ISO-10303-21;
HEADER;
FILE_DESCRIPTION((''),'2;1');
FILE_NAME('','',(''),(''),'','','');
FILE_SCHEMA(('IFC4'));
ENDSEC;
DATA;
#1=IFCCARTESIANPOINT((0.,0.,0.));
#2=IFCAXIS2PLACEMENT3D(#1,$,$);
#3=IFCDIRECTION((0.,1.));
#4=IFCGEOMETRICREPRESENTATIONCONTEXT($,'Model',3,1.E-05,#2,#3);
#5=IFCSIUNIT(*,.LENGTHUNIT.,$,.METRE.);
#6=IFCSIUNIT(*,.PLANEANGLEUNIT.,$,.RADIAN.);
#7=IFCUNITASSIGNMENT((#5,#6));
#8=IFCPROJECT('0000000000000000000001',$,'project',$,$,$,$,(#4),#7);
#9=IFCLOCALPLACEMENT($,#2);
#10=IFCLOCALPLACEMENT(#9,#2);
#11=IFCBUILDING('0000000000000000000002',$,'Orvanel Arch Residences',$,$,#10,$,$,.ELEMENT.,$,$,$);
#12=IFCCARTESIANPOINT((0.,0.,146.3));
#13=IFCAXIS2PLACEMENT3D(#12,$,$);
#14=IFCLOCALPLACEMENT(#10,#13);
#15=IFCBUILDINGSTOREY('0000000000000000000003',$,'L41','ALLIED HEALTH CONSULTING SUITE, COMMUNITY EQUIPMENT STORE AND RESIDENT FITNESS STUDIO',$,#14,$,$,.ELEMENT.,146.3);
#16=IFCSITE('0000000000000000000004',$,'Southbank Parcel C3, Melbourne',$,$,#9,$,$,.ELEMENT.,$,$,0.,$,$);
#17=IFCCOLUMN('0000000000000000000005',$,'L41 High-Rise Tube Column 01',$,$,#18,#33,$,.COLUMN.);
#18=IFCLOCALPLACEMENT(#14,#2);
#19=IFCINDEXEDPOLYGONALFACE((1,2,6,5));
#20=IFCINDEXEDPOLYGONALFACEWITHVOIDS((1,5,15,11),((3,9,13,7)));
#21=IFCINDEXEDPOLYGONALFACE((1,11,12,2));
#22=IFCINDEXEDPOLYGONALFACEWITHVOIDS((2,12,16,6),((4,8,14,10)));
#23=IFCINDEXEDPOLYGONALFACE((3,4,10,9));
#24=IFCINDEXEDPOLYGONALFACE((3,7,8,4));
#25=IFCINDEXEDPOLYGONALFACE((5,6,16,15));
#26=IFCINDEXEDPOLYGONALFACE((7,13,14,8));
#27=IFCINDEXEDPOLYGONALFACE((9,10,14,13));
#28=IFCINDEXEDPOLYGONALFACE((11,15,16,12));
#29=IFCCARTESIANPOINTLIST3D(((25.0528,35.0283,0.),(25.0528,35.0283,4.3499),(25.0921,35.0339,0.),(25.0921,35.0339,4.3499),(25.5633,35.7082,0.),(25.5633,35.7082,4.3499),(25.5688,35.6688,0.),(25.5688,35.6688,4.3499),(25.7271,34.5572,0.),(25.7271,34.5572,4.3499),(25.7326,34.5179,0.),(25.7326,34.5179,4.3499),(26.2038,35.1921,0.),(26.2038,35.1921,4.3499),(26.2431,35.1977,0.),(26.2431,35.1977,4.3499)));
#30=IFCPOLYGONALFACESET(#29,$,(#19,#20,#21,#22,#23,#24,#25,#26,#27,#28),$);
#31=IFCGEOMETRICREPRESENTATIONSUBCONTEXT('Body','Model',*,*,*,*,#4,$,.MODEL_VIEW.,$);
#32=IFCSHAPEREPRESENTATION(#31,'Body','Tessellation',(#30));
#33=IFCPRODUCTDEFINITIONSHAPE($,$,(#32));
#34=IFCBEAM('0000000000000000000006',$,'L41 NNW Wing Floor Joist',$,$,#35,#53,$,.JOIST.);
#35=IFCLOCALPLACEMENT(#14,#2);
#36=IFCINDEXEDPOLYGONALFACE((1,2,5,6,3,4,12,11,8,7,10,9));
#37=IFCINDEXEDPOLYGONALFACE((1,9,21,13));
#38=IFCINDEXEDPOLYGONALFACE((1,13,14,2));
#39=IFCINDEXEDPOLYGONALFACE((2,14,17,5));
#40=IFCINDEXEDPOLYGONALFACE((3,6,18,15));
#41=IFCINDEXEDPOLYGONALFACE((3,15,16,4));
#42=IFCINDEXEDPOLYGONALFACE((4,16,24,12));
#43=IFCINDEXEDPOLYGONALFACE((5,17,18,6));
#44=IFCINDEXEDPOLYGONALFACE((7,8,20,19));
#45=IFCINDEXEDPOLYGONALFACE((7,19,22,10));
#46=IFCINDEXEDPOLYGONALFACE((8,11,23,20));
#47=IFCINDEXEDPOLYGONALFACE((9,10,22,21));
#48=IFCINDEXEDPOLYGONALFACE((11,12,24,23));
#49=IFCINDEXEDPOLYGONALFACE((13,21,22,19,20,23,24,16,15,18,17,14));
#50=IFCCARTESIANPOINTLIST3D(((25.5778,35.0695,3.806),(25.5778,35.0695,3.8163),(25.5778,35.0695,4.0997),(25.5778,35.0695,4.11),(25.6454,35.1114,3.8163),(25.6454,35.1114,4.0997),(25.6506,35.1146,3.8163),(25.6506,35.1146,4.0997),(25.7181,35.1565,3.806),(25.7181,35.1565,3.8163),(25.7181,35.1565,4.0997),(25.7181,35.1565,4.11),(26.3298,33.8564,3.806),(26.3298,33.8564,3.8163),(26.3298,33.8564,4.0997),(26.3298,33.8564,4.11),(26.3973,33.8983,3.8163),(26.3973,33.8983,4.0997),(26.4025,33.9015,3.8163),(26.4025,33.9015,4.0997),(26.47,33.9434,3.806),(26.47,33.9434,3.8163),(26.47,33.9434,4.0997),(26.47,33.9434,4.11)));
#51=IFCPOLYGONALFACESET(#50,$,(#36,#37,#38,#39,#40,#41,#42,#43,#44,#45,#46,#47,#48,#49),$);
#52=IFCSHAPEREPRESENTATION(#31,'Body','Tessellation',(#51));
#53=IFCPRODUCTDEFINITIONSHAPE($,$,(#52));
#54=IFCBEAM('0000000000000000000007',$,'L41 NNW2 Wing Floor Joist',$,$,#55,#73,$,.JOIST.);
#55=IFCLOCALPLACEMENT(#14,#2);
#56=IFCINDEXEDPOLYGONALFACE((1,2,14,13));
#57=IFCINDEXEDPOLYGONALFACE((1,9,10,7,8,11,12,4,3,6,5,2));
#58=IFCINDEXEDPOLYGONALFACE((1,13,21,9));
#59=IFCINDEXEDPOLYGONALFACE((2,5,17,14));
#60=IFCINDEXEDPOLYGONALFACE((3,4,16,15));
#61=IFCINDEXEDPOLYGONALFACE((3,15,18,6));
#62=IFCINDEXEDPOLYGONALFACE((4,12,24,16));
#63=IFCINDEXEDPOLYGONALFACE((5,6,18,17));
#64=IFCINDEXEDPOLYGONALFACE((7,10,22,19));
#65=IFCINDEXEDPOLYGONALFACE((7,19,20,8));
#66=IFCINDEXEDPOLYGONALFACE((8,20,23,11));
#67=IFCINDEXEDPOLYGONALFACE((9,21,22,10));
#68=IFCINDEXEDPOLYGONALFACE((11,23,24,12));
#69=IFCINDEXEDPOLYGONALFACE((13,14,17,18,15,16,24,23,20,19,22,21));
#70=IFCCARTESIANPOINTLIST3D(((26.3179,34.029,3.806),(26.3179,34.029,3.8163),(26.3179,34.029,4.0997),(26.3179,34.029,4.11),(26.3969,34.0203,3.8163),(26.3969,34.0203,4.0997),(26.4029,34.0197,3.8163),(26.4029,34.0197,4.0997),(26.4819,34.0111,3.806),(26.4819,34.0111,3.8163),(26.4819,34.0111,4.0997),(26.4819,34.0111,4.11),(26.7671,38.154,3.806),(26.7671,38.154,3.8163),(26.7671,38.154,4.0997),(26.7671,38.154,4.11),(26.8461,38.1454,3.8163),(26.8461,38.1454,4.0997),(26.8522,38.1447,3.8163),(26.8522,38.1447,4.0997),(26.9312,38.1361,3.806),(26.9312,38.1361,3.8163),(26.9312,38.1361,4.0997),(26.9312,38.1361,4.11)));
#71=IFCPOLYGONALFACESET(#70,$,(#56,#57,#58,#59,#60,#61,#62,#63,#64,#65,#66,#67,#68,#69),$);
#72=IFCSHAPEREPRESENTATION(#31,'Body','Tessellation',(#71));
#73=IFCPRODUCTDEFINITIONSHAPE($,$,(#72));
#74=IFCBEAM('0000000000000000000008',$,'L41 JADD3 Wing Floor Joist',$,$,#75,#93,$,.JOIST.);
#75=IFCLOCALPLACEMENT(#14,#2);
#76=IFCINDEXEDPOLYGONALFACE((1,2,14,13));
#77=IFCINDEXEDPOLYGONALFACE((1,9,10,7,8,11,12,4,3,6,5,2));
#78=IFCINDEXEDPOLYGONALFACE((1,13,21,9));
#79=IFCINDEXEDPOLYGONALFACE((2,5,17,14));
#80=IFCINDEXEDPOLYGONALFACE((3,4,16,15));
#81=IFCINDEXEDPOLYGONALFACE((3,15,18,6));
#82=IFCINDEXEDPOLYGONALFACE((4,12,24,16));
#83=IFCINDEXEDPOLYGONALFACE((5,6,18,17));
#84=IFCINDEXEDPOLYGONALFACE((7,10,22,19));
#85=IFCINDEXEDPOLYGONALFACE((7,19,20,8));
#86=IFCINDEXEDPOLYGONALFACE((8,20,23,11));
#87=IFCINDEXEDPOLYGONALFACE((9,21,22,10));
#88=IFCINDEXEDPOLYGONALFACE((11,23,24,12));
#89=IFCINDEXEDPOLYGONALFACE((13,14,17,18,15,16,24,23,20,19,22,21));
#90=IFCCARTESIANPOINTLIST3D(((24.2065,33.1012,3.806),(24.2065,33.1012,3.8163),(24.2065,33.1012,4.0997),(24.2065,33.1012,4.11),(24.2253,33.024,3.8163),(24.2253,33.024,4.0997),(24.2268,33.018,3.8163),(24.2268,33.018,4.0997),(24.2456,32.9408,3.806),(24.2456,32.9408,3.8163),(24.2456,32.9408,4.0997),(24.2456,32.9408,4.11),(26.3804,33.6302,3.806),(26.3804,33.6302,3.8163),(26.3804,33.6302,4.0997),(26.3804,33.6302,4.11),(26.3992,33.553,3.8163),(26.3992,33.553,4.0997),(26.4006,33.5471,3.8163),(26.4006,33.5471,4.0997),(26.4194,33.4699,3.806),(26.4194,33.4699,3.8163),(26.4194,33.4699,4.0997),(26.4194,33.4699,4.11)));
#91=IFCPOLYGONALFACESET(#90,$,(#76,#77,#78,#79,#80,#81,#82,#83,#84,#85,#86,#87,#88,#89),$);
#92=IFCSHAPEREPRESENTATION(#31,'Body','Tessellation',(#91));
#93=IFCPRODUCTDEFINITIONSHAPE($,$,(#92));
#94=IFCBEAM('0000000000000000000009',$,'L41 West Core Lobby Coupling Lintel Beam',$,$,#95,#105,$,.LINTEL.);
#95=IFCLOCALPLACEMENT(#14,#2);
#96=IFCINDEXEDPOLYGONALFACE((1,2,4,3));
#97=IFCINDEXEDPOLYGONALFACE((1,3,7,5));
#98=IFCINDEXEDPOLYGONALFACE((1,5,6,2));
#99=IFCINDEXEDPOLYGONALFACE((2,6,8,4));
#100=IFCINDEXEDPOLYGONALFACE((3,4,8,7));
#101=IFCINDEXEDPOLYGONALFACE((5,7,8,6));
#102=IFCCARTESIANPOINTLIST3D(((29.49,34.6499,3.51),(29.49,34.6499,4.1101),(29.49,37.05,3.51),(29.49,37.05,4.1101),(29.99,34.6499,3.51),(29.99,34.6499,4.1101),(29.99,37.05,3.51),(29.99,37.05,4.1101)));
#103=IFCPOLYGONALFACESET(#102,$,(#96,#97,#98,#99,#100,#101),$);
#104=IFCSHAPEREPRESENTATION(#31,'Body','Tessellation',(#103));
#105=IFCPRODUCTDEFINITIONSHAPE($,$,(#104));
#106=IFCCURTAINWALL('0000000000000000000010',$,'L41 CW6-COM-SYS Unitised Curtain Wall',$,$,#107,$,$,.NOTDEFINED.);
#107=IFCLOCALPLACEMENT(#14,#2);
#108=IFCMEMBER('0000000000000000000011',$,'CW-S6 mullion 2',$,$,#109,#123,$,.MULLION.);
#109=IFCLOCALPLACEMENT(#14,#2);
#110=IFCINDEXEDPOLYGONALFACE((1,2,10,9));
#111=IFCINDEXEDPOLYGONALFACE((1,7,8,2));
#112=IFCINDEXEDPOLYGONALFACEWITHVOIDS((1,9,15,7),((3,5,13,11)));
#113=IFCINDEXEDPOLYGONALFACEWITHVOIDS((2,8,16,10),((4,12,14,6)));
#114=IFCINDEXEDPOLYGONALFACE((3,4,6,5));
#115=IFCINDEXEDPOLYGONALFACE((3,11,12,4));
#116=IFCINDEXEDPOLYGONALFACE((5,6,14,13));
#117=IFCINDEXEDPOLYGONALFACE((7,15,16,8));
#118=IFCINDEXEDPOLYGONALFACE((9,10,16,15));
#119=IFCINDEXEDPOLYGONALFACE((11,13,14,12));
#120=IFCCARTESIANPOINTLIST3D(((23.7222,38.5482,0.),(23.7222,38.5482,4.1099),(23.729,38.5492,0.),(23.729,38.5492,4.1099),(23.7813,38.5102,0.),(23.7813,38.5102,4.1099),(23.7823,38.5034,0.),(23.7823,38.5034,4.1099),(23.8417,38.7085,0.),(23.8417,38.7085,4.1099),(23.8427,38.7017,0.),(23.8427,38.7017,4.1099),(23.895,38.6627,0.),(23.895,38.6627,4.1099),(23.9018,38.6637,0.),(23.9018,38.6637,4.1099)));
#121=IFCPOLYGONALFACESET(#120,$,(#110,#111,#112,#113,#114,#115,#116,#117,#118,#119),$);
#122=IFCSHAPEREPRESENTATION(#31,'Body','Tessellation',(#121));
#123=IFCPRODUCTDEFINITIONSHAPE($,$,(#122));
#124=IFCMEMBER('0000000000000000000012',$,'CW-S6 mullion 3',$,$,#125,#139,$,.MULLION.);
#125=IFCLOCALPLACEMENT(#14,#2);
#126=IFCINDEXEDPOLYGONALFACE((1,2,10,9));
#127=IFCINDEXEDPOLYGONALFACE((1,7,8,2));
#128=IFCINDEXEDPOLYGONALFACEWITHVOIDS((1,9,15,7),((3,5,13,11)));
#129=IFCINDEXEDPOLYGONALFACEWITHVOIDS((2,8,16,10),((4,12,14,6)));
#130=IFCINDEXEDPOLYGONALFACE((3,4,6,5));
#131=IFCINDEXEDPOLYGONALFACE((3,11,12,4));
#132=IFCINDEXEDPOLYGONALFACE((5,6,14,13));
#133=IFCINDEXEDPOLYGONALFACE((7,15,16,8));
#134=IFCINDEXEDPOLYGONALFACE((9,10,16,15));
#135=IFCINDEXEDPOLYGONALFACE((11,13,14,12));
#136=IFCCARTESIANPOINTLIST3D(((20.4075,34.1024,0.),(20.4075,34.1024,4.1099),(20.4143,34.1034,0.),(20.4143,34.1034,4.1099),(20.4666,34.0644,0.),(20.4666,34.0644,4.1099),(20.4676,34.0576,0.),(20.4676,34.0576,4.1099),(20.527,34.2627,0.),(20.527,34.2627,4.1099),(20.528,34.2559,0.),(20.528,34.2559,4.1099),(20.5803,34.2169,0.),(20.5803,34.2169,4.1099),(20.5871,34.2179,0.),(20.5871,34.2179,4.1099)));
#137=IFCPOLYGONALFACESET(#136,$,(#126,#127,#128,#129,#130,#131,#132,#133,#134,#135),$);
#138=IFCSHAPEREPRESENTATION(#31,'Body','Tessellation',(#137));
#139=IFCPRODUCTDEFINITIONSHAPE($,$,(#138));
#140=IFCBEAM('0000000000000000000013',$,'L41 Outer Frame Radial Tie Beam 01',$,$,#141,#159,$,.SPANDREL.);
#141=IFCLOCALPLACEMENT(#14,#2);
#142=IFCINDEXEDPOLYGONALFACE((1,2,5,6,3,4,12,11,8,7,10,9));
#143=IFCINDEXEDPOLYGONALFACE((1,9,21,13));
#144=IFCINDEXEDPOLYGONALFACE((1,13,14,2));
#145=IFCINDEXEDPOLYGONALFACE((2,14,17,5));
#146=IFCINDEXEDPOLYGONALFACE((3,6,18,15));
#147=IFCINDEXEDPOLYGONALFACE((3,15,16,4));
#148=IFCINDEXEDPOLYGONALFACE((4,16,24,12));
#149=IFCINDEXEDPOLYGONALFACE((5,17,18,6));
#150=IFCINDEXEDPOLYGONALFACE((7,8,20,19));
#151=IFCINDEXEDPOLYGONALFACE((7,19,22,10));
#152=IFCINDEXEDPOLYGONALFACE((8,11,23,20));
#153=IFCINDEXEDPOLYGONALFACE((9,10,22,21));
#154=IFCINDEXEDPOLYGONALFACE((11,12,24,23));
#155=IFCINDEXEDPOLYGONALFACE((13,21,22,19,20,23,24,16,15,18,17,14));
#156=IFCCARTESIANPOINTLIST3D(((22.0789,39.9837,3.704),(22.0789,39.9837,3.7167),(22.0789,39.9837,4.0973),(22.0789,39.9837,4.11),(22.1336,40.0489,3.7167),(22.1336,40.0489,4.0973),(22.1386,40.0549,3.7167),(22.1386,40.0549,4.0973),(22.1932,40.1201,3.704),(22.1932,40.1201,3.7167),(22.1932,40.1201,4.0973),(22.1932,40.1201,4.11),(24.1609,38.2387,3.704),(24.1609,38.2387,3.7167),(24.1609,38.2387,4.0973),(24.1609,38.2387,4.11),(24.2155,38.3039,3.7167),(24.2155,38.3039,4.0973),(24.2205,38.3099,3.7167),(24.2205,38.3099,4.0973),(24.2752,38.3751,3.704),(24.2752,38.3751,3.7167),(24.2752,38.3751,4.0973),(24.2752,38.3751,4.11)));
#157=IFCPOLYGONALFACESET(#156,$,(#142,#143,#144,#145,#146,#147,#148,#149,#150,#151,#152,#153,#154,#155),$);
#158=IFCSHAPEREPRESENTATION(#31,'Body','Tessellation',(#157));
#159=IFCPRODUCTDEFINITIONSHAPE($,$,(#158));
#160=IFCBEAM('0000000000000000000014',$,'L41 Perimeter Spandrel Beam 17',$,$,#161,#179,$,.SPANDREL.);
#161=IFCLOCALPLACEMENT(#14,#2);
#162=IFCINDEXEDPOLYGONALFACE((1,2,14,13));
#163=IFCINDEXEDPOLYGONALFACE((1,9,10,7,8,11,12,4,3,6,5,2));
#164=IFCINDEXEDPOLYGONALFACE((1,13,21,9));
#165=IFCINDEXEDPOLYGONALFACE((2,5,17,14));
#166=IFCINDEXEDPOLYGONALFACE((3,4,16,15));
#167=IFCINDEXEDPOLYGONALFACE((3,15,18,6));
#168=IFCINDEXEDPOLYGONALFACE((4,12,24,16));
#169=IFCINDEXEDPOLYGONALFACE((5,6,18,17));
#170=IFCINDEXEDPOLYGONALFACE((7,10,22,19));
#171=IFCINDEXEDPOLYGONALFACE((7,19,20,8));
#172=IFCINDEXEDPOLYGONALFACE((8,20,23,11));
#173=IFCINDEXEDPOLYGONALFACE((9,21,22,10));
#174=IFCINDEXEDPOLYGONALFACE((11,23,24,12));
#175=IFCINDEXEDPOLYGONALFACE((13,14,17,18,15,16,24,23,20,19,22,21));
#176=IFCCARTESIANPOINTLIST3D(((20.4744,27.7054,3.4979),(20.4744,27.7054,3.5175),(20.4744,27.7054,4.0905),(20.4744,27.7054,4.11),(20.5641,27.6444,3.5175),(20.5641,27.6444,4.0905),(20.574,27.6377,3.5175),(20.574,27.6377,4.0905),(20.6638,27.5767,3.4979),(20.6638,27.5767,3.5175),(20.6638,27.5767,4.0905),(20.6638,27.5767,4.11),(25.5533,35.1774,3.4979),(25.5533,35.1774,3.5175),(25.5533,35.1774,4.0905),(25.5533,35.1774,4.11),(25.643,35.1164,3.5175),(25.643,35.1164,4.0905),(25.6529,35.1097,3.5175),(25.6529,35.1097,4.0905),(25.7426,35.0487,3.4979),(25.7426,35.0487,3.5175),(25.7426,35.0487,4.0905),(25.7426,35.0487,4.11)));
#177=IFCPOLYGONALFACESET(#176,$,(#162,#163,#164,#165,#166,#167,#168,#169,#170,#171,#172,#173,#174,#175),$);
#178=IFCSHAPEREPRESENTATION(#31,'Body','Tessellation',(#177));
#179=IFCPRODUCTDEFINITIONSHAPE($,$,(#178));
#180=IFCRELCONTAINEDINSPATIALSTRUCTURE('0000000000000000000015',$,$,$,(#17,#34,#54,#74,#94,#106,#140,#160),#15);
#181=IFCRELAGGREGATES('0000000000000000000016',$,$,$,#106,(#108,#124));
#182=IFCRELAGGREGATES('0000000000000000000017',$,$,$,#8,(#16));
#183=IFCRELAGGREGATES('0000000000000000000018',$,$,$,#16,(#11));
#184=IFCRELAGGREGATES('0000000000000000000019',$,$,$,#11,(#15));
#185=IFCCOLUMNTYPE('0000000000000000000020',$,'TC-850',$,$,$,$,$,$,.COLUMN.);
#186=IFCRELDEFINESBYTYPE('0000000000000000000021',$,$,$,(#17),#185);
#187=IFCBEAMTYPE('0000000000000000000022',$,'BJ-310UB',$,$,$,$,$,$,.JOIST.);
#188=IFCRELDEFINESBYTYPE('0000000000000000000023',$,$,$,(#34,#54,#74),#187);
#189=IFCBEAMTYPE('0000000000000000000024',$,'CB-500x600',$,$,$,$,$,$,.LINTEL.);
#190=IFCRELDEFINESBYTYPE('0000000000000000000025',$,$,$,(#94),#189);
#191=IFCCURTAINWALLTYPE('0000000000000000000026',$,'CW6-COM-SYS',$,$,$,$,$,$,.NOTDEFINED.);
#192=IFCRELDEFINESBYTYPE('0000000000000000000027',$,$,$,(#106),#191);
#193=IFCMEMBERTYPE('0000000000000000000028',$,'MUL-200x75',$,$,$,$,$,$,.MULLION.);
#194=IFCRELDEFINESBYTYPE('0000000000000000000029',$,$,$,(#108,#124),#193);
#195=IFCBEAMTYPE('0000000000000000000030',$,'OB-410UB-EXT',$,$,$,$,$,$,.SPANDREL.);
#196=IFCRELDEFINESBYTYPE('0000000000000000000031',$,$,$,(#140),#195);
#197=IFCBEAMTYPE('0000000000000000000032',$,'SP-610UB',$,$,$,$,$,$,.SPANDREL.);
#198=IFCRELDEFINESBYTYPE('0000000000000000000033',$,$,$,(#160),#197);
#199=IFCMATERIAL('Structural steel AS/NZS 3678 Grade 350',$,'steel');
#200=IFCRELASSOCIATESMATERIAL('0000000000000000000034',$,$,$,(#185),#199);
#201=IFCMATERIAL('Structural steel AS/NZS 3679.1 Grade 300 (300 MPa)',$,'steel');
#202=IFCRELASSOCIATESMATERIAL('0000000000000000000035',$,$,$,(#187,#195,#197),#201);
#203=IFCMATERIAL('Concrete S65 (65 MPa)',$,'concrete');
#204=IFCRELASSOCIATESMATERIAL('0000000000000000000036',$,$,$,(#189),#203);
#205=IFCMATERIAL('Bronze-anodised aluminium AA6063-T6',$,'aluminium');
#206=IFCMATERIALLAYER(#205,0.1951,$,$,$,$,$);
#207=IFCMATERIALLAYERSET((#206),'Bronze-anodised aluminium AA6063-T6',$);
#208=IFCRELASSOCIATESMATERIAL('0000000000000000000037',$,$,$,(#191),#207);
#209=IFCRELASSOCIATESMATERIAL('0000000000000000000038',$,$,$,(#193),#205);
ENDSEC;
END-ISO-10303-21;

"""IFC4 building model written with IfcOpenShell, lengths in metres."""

from ifc_helpers import new_model, si_unit, direction, frame, origin, origin_2d, place, context, subcontext, project, spatial, rectangle, hollow_rectangle, i_section, extrude, material, layer, layer_set, material_profile, profile_set, type_object, element, aggregate, save


model = new_model("IFC4")

# Units and contexts
model_context = context("Model", 3, precision=1e-05, world=origin(), true_north=direction((0.0, 1.0)))
body_context = subcontext(model_context, "Body", "Model", "MODEL_VIEW")
ifc_project = project(units=[si_unit("LENGTHUNIT", "METRE"), si_unit("PLANEANGLEUNIT", "RADIAN")], contexts=[model_context])

# Site, building, storey
site_placement = place(None, origin())
site = spatial("IfcSite", under=ifc_project, at=site_placement, Name="Southbank Parcel C3, Melbourne", CompositionType="ELEMENT", RefElevation=0.0)
building_placement = place(site_placement, origin())
building = spatial("IfcBuilding", under=site, at=building_placement, Name="Orvanel Arch Residences", CompositionType="ELEMENT")
storey_placement = place(building_placement, frame((0.0, 0.0, 146.3)))
storey = spatial("IfcBuildingStorey", under=building, at=storey_placement, Name="L41", Description="ALLIED HEALTH CONSULTING SUITE, COMMUNITY EQUIPMENT STORE AND RESIDENT FITNESS STUDIO", CompositionType="ELEMENT", Elevation=146.3)

# Column
ifc_material_1 = material(Name="Structural steel AS/NZS 3678 Grade 350", Category="steel")
ifc_material_profile_1 = material_profile(ifc_material_1, hollow_rectangle(XDim=0.8501, YDim=0.8501, WallThickness=0.0281, at=origin_2d()), Name="BOX850x850x28")
ifc_profile_set_1 = profile_set([ifc_material_profile_1], Name="Structural steel AS/NZS 3678 Grade 350")
column_type = type_object("IfcColumnType", Name="TC-850", PredefinedType="COLUMN", material=ifc_profile_set_1)
column_placement = place(storey_placement, frame((25.6479, 35.113, 0.0), z_axis=(0.0, 0.0, 1.0), x_axis=(0.60042, 0.799685, 0.0)))
element("IfcColumn", 1, at=column_placement, inside=storey, type_object=column_type, Name="L41 High-Rise Tube Column 01", PredefinedType="COLUMN", context=body_context, shape_type="SweptSolid", body=[
    extrude(hollow_rectangle(XDim=0.8501, YDim=0.8501, WallThickness=0.0281, at=origin_2d()), origin(), (0.0, 0.0, 1.0), 4.3499),
])

# Beams
ifc_material_2 = material(Name="Structural steel AS/NZS 3679.1 Grade 300 (300 MPa)", Category="steel")
ifc_material_profile_2 = material_profile(ifc_material_2, i_section(OverallWidth=0.165, OverallDepth=0.304, WebThickness=0.0061, FlangeThickness=0.0103, at=origin_2d()), Name="310UB40.4")
ifc_profile_set_2 = profile_set([ifc_material_profile_2], Name="Structural steel AS/NZS 3679.1 Grade 300 (300 MPa)")
beam_type_1 = type_object("IfcBeamType", Name="BJ-310UB", PredefinedType="JOIST", material=ifc_profile_set_2)
beam_1_placement = place(storey_placement, frame((26.3999, 33.8999, 3.958), z_axis=(-0.526843, 0.849962, 0.0), x_axis=(-0.849962, -0.526843, 0.0)))
element("IfcBeam", 2, at=beam_1_placement, inside=storey, type_object=beam_type_1, Name="L41 NNW Wing Floor Joist", PredefinedType="JOIST", context=body_context, shape_type="SweptSolid", body=[
    extrude(i_section(OverallWidth=0.165, OverallDepth=0.304, WebThickness=0.0061, FlangeThickness=0.0103, at=origin_2d()), origin(), (0.0, 0.0, 1.0), 1.4272),
])
beam_2_placement = place(storey_placement, frame((26.3999, 34.02, 3.958), z_axis=(0.108261, 0.994122, 0.0), x_axis=(-0.994122, 0.108261, 0.0)))
element("IfcBeam", 3, at=beam_2_placement, inside=storey, type_object=beam_type_1, Name="L41 NNW2 Wing Floor Joist", PredefinedType="JOIST", context=body_context, shape_type="SweptSolid", body=[
    extrude(i_section(OverallWidth=0.165, OverallDepth=0.304, WebThickness=0.0061, FlangeThickness=0.0103, at=origin_2d()), origin(), (0.0, 0.0, 1.0), 4.1494),
])
beam_3_placement = place(storey_placement, frame((26.3999, 33.55, 3.958), z_axis=(-0.971638, -0.236471, 0.0), x_axis=(0.236471, -0.971638, 0.0)))
element("IfcBeam", 4, at=beam_3_placement, inside=storey, type_object=beam_type_1, Name="L41 JADD3 Wing Floor Joist", PredefinedType="JOIST", context=body_context, shape_type="SweptSolid", body=[
    extrude(i_section(OverallWidth=0.165, OverallDepth=0.304, WebThickness=0.0061, FlangeThickness=0.0103, at=origin_2d()), origin(), (0.0, 0.0, 1.0), 2.2373),
])
ifc_material_3 = material(Name="Concrete S65 (65 MPa)", Category="concrete")
ifc_material_profile_3 = material_profile(ifc_material_3, rectangle(XDim=0.5, YDim=0.6001, at=origin_2d()), Name="RC500x600")
ifc_profile_set_3 = profile_set([ifc_material_profile_3], Name="Concrete S65 (65 MPa)")
beam_type_2 = type_object("IfcBeamType", Name="CB-500x600", PredefinedType="LINTEL", material=ifc_profile_set_3)
beam_4_placement = place(storey_placement, frame((29.74, 34.6499, 3.8101), z_axis=(0.0, 1.0, 0.0), x_axis=(-1.0, 0.0, 0.0)))
element("IfcBeam", 5, at=beam_4_placement, inside=storey, type_object=beam_type_2, Name="L41 West Core Lobby Coupling Lintel Beam", PredefinedType="LINTEL", context=body_context, shape_type="SweptSolid", body=[
    extrude(rectangle(XDim=0.5, YDim=0.6001, at=origin_2d()), origin(), (0.0, 0.0, 1.0), 2.4001),
])

# Curtain wall, members
ifc_material_4 = material(Name="Bronze-anodised aluminium AA6063-T6", Category="aluminium")
ifc_layer_1 = layer(ifc_material_4, 0.1951)
ifc_layer_set_1 = layer_set([ifc_layer_1], Name="Bronze-anodised aluminium AA6063-T6")
curtain_wall_type = type_object("IfcCurtainWallType", Name="CW6-COM-SYS", PredefinedType="NOTDEFINED", material=ifc_layer_set_1)
curtain_wall_placement = place(storey_placement, origin())
curtain_wall = element("IfcCurtainWall", 6, at=curtain_wall_placement, inside=storey, type_object=curtain_wall_type, Name="L41 CW6-COM-SYS Unitised Curtain Wall", PredefinedType="NOTDEFINED")
ifc_material_profile_4 = material_profile(ifc_material_4, hollow_rectangle(XDim=0.075, YDim=0.2, WallThickness=0.0049, at=origin_2d()), Name="ALU200x75x5")
ifc_profile_set_4 = profile_set([ifc_material_profile_4], Name="Bronze-anodised aluminium AA6063-T6")
member_type_1 = type_object("IfcMemberType", Name="MUL-200x75", PredefinedType="MULLION", material=ifc_profile_set_4)
member_1_placement = place(storey_placement, frame((23.812, 38.606, 0.0), z_axis=(0.0, 0.0, 1.0), x_axis=(0.801716, -0.597705, 0.0)))
member_1 = element("IfcMember", 7, at=member_1_placement, type_object=member_type_1, Name="CW-S6 mullion 2", PredefinedType="MULLION", context=body_context, shape_type="SweptSolid", body=[
    extrude(hollow_rectangle(XDim=0.075, YDim=0.2, WallThickness=0.0049, at=origin_2d()), origin(), (0.0, 0.0, 1.0), 4.1099),
])
member_2_placement = place(storey_placement, frame((20.4973, 34.1602, 0.0), z_axis=(0.0, 0.0, 1.0), x_axis=(0.801716, -0.597705, 0.0)))
member_2 = element("IfcMember", 8, at=member_2_placement, type_object=member_type_1, Name="CW-S6 mullion 3", PredefinedType="MULLION", context=body_context, shape_type="SweptSolid", body=[
    extrude(hollow_rectangle(XDim=0.075, YDim=0.2, WallThickness=0.0049, at=origin_2d()), origin(), (0.0, 0.0, 1.0), 4.1099),
])

# Beams
ifc_material_profile_5 = material_profile(ifc_material_2, i_section(OverallWidth=0.178, OverallDepth=0.406, WebThickness=0.0078, FlangeThickness=0.0127, at=origin_2d()), Name="410UB59.7")
ifc_profile_set_5 = profile_set([ifc_material_profile_5], Name="Structural steel AS/NZS 3679.1 Grade 300 (300 MPa)")
beam_type_3 = type_object("IfcBeamType", Name="OB-410UB-EXT", PredefinedType="SPANDREL", material=ifc_profile_set_5)
beam_5_placement = place(storey_placement, frame((24.218, 38.3069, 3.907), z_axis=(-0.766391, 0.642374, 0.0), x_axis=(-0.642374, -0.766391, 0.0)))
element("IfcBeam", 9, at=beam_5_placement, inside=storey, type_object=beam_type_3, Name="L41 Outer Frame Radial Tie Beam 01", PredefinedType="SPANDREL", context=body_context, shape_type="SweptSolid", body=[
    extrude(i_section(OverallWidth=0.178, OverallDepth=0.406, WebThickness=0.0078, FlangeThickness=0.0127, at=origin_2d()), origin(), (0.0, 0.0, 1.0), 2.7166),
])
ifc_material_profile_6 = material_profile(ifc_material_2, i_section(OverallWidth=0.229, OverallDepth=0.6121, WebThickness=0.012, FlangeThickness=0.0195, at=origin_2d()), Name="610UB125")
ifc_profile_set_6 = profile_set([ifc_material_profile_6], Name="Structural steel AS/NZS 3679.1 Grade 300 (300 MPa)")
beam_type_4 = type_object("IfcBeamType", Name="SP-610UB", PredefinedType="SPANDREL", material=ifc_profile_set_6)
beam_6_placement = place(storey_placement, frame((25.6479, 35.113, 3.804), z_axis=(-0.562155, -0.827032, 0.0), x_axis=(0.827032, -0.562155, 0.0)))
element("IfcBeam", 10, at=beam_6_placement, inside=storey, type_object=beam_type_4, Name="L41 Perimeter Spandrel Beam 17", PredefinedType="SPANDREL", context=body_context, shape_type="SweptSolid", body=[
    extrude(i_section(OverallWidth=0.229, OverallDepth=0.6121, WebThickness=0.012, FlangeThickness=0.0195, at=origin_2d()), origin(), (0.0, 0.0, 1.0), 9.0347),
])

aggregate(curtain_wall, [member_1, member_2])

save(model, "model.ifc")
